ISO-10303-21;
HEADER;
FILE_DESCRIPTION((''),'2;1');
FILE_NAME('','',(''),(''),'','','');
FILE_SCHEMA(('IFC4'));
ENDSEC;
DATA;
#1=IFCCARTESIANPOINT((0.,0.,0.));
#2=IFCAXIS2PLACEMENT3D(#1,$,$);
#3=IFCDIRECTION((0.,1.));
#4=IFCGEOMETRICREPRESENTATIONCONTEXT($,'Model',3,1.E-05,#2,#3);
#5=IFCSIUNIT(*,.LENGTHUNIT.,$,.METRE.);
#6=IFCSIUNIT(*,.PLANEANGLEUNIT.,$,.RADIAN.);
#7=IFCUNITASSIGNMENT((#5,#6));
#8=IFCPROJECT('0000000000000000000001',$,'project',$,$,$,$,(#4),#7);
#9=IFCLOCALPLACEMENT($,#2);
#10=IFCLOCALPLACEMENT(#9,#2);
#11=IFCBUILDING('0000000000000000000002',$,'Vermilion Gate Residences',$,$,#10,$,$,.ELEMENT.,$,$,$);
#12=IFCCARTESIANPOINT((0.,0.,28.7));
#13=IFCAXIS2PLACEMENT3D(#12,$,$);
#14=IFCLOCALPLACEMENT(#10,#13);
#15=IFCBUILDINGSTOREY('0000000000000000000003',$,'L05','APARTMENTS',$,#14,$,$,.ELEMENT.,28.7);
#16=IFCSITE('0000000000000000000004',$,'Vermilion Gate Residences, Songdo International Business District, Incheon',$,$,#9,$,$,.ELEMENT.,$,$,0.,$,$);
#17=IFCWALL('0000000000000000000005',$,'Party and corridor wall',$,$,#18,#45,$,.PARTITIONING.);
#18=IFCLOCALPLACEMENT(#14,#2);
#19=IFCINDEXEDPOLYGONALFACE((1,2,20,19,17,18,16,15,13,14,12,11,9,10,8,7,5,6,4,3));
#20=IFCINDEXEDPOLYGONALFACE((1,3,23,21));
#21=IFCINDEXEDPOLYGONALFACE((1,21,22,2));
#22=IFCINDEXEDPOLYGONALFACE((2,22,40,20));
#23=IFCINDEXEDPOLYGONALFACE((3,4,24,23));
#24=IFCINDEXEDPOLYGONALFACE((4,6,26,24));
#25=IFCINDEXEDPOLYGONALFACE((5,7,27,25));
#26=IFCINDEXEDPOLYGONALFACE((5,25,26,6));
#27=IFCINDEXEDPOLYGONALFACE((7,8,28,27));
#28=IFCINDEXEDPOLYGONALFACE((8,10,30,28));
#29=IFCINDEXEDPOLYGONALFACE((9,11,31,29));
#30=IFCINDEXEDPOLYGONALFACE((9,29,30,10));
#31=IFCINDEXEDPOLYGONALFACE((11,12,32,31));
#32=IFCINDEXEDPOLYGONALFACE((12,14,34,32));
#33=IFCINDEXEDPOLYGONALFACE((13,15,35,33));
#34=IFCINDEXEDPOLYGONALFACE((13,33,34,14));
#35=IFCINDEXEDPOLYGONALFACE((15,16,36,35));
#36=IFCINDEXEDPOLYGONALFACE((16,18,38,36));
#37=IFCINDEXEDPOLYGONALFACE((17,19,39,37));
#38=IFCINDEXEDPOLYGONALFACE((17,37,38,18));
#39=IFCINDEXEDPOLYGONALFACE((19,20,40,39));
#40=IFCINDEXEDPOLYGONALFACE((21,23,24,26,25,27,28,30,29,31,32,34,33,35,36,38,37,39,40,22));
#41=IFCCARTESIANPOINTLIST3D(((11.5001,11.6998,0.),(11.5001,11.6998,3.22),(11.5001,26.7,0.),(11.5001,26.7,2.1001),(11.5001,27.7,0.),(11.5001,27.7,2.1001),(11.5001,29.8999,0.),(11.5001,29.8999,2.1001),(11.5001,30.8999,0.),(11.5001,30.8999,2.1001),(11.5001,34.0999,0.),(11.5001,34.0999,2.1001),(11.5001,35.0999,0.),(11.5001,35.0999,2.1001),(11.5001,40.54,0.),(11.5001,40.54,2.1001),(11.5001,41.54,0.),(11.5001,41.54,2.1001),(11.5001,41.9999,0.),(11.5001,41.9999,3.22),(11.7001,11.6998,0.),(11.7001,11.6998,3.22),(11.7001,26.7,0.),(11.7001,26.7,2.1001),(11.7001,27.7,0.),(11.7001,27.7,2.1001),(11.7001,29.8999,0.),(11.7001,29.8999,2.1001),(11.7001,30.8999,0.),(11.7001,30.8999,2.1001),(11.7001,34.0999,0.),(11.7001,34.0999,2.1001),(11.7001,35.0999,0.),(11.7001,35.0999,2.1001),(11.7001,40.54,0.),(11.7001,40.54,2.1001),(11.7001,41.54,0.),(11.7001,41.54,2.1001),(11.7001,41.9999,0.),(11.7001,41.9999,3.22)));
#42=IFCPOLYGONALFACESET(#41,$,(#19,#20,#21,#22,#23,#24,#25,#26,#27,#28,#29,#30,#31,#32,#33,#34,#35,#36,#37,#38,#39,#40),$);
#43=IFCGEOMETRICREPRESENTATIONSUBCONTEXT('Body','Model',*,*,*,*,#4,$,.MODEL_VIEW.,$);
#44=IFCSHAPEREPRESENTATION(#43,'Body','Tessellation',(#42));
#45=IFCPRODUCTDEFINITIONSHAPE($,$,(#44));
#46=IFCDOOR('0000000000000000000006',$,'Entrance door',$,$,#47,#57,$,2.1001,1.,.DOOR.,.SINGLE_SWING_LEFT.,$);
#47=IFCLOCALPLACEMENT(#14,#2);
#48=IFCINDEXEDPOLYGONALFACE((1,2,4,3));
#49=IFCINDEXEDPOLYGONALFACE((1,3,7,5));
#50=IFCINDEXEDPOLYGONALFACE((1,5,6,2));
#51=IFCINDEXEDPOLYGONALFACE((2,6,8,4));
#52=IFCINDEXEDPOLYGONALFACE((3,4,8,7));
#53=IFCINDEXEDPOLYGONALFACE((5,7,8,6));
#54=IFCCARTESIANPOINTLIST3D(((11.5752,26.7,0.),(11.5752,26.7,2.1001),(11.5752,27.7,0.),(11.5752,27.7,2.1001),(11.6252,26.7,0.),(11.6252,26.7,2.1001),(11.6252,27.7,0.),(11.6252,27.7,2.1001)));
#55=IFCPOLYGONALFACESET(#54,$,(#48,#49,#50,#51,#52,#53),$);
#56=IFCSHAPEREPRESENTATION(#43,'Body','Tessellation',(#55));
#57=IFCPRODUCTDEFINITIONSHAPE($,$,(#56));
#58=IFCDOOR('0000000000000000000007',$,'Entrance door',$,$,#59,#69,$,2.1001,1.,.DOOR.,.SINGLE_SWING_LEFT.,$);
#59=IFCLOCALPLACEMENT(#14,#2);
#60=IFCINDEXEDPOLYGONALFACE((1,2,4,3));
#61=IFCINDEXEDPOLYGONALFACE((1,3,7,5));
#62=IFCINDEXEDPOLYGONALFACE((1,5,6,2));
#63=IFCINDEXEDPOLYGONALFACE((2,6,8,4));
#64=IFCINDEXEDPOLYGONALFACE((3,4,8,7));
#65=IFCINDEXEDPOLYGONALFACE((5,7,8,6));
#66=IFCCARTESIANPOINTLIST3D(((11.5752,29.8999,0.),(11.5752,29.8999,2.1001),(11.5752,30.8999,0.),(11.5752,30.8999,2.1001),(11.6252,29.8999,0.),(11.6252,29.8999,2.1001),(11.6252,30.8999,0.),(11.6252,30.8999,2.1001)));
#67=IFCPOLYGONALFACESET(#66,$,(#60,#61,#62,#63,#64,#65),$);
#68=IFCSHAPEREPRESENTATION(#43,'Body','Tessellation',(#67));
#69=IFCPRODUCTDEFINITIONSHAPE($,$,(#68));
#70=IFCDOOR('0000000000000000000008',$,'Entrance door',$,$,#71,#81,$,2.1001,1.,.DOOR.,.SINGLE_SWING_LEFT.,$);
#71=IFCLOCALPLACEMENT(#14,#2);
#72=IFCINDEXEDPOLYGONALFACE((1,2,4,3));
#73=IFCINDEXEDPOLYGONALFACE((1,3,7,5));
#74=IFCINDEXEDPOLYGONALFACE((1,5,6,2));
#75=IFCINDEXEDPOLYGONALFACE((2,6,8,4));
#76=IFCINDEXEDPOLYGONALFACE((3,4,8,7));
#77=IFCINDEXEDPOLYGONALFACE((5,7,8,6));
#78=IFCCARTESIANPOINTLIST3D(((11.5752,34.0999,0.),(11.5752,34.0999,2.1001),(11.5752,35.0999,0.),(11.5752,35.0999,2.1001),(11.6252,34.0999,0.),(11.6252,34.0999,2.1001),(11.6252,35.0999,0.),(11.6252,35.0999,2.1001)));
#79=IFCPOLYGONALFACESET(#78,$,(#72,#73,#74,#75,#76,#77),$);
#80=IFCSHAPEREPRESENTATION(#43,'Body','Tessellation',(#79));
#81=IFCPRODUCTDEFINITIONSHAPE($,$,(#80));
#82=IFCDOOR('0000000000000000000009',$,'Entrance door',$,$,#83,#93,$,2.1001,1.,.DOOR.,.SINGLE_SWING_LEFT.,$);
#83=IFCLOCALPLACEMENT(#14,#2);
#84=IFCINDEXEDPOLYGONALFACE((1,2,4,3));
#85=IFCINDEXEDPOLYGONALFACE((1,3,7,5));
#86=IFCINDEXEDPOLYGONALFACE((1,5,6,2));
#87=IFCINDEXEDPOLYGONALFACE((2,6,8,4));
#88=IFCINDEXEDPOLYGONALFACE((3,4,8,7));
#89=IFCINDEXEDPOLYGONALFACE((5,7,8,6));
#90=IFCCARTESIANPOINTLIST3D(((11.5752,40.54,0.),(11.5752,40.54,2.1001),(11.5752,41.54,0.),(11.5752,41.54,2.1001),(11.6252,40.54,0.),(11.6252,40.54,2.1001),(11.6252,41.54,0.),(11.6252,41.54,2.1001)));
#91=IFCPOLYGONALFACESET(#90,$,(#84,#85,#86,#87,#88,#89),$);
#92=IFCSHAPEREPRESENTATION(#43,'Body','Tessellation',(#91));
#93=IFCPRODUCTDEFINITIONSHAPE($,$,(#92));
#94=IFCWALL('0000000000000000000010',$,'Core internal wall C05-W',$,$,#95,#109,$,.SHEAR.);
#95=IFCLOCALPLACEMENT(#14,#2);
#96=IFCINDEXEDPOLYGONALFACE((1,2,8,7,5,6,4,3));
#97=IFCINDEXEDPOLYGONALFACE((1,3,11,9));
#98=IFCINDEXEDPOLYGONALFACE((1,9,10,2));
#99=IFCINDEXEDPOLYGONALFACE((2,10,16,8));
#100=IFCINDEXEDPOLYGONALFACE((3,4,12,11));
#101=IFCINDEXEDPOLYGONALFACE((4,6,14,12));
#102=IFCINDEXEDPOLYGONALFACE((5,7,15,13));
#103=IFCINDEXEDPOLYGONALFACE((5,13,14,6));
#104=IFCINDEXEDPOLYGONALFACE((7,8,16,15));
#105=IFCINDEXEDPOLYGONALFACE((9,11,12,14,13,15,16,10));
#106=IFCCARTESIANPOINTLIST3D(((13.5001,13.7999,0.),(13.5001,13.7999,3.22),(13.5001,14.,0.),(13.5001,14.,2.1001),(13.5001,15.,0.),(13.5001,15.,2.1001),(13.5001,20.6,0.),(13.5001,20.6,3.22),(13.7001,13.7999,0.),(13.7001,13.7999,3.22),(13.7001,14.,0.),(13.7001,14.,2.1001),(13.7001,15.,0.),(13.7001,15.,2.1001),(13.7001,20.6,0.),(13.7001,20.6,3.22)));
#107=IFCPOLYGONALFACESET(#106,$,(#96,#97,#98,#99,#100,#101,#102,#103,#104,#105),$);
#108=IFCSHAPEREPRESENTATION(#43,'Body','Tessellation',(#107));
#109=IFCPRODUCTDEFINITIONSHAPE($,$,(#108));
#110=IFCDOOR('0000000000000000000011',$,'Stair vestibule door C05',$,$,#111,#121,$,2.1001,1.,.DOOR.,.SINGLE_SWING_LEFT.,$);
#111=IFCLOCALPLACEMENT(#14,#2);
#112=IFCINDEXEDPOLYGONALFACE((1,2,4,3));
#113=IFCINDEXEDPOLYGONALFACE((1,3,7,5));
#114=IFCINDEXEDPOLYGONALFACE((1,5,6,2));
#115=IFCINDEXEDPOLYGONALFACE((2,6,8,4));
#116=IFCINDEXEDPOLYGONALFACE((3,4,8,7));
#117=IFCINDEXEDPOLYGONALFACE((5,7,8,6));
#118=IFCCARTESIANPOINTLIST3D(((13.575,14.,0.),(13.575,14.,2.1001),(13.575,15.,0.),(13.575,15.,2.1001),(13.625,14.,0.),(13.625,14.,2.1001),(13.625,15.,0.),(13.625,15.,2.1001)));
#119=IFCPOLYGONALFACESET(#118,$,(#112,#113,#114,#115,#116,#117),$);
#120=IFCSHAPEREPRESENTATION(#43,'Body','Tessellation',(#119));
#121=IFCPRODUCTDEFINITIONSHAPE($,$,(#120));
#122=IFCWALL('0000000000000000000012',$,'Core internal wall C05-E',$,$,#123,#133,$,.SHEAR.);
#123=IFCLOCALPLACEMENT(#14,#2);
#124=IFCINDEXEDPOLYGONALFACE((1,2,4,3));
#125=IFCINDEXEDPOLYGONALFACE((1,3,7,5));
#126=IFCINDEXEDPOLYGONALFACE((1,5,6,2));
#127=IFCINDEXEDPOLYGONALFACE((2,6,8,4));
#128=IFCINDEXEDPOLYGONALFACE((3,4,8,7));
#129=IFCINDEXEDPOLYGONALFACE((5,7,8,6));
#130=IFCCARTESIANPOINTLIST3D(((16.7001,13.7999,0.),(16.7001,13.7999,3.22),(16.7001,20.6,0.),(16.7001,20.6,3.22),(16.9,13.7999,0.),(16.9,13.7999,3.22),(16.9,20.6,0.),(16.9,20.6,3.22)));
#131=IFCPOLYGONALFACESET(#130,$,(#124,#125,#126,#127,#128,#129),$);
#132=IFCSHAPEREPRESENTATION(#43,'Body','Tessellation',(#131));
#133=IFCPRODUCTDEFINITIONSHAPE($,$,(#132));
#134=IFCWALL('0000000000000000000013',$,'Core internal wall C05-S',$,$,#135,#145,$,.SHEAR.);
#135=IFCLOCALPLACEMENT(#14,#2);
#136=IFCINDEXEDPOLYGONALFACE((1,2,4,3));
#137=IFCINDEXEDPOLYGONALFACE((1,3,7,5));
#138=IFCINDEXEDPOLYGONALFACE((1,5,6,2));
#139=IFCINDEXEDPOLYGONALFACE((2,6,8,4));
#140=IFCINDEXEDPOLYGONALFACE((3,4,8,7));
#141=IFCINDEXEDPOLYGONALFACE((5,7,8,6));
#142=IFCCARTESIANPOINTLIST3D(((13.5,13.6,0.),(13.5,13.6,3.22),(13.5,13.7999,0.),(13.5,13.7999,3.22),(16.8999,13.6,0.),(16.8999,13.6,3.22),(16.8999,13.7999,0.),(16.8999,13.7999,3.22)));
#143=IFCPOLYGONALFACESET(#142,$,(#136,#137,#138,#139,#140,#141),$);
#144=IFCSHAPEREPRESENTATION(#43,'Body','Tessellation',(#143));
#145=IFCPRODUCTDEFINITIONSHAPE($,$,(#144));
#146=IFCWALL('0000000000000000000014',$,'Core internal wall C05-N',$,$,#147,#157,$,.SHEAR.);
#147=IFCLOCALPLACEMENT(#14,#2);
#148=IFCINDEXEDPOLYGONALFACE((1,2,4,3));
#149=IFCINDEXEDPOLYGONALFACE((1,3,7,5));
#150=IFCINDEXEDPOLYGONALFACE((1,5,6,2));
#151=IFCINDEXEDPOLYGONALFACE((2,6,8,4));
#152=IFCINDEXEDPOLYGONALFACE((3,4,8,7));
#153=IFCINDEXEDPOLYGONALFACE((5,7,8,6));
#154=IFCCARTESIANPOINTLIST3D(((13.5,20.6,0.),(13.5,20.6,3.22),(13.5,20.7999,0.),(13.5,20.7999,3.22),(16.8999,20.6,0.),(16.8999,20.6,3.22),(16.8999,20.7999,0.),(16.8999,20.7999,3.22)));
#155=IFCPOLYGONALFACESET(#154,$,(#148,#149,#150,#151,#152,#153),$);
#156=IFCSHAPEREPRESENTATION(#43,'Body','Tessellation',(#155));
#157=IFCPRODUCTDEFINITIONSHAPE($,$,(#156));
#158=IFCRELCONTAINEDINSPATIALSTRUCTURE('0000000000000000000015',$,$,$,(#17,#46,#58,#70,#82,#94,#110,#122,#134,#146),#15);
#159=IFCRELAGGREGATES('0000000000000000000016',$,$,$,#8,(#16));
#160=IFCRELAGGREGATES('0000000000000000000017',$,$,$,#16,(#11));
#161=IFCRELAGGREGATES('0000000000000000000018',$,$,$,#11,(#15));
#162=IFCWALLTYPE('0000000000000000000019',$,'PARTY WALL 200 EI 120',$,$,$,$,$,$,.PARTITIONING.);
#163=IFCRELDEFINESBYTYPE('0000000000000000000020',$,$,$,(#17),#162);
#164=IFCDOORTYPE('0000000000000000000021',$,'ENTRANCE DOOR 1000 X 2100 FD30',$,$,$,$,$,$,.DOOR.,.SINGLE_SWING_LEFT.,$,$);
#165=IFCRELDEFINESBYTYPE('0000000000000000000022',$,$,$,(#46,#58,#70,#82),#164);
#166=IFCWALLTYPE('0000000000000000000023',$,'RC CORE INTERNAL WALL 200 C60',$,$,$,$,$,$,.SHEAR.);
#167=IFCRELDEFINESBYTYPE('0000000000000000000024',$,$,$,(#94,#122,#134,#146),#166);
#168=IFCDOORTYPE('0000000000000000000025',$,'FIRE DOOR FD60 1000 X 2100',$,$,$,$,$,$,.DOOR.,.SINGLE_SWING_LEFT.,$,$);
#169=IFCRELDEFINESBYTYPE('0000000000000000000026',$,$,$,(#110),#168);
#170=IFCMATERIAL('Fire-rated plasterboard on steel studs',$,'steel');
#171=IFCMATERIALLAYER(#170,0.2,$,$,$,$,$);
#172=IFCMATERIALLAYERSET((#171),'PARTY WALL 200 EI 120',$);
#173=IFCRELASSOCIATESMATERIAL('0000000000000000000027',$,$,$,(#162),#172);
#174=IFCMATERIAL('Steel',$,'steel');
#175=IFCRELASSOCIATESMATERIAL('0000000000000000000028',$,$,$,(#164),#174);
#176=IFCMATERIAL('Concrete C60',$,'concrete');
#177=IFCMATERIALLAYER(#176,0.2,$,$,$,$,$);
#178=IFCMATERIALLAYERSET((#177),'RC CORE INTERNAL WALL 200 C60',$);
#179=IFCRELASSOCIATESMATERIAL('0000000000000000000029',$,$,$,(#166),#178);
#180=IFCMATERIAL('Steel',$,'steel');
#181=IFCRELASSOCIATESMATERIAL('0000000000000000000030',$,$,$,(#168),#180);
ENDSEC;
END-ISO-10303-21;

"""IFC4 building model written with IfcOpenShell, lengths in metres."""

from ifc_helpers import new_model, si_unit, direction, frame, frame_2d, origin, place, context, subcontext, project, spatial, rectangle, extrude, material, layer, layer_set, type_object, element, fill, save


model = new_model("IFC4")

# Units and contexts
model_context = context("Model", 3, precision=1e-05, world=origin(), true_north=direction((0.0, 1.0)))
body_context = subcontext(model_context, "Body", "Model", "MODEL_VIEW")
ifc_project = project(units=[si_unit("LENGTHUNIT", "METRE"), si_unit("PLANEANGLEUNIT", "RADIAN")], contexts=[model_context])

# Site, building, storey
site_placement = place(None, origin())
site = spatial("IfcSite", under=ifc_project, at=site_placement, Name="Vermilion Gate Residences, Songdo International Business District, Incheon", CompositionType="ELEMENT", RefElevation=0.0)
building_placement = place(site_placement, origin())
building = spatial("IfcBuilding", under=site, at=building_placement, Name="Vermilion Gate Residences", CompositionType="ELEMENT")
storey_placement = place(building_placement, frame((0.0, 0.0, 28.7)))
storey = spatial("IfcBuildingStorey", under=building, at=storey_placement, Name="L05", Description="APARTMENTS", CompositionType="ELEMENT", Elevation=28.7)

# Wall, openings, doors
ifc_material_1 = material(Name="Fire-rated plasterboard on steel studs", Category="steel")
ifc_layer_1 = layer(ifc_material_1, 0.2)
ifc_layer_set_1 = layer_set([ifc_layer_1], Name="PARTY WALL 200 EI 120")
wall_type_1 = type_object("IfcWallType", Name="PARTY WALL 200 EI 120", PredefinedType="PARTITIONING", material=ifc_layer_set_1)
ifc_material_2 = material(Name="Steel", Category="steel")
door_type_1 = type_object("IfcDoorType", Name="ENTRANCE DOOR 1000 X 2100 FD30", OperationType="SINGLE_SWING_LEFT", PredefinedType="DOOR", material=ifc_material_2)
wall_1_placement = place(storey_placement, frame((11.6001, 11.7, 0.0), z_axis=(0.0, 0.0, 1.0), x_axis=(0.0, 1.0, 0.0)))
wall_1 = element("IfcWall", 1, at=wall_1_placement, inside=storey, type_object=wall_type_1, Name="Party and corridor wall", PredefinedType="PARTITIONING", context=body_context, shape_type="SweptSolid", body=[
    extrude(rectangle(XDim=30.3, YDim=0.2, at=frame_2d((15.1499, 0.0))), origin(), (0.0, 0.0, 1.0), 3.22),
])
opening_1_placement = place(wall_1_placement, frame((15.0, 0.0, 0.0)))
opening_1 = element("IfcOpeningElement", 2, at=opening_1_placement, cuts=wall_1, PredefinedType="OPENING", context=body_context, shape_type="SweptSolid", body=[
    extrude(rectangle(XDim=1.0, YDim=2.1001, at=frame_2d((0.5, 1.05))), frame((0.0, 0.1099, 0.0), z_axis=(0.0, -1.0, 0.0), x_axis=(1.0, 0.0, 0.0)), (0.0, 0.0, 1.0), 0.22),
])
opening_2_placement = place(wall_1_placement, frame((18.2, 0.0, 0.0)))
opening_2 = element("IfcOpeningElement", 3, at=opening_2_placement, cuts=wall_1, PredefinedType="OPENING", context=body_context, shape_type="SweptSolid", body=[
    extrude(rectangle(XDim=1.0, YDim=2.1001, at=frame_2d((0.5, 1.05))), frame((0.0, 0.1099, 0.0), z_axis=(0.0, -1.0, 0.0), x_axis=(1.0, 0.0, 0.0)), (0.0, 0.0, 1.0), 0.22),
])
opening_3_placement = place(wall_1_placement, frame((22.3999, 0.0, 0.0)))
opening_3 = element("IfcOpeningElement", 4, at=opening_3_placement, cuts=wall_1, PredefinedType="OPENING", context=body_context, shape_type="SweptSolid", body=[
    extrude(rectangle(XDim=1.0, YDim=2.1001, at=frame_2d((0.5, 1.05))), frame((0.0, 0.1099, 0.0), z_axis=(0.0, -1.0, 0.0), x_axis=(1.0, 0.0, 0.0)), (0.0, 0.0, 1.0), 0.22),
])
opening_4_placement = place(wall_1_placement, frame((28.8401, 0.0, 0.0)))
opening_4 = element("IfcOpeningElement", 5, at=opening_4_placement, cuts=wall_1, PredefinedType="OPENING", context=body_context, shape_type="SweptSolid", body=[
    extrude(rectangle(XDim=1.0, YDim=2.1001, at=frame_2d((0.5, 1.05))), frame((0.0, 0.1099, 0.0), z_axis=(0.0, -1.0, 0.0), x_axis=(1.0, 0.0, 0.0)), (0.0, 0.0, 1.0), 0.22),
])
door_1_placement = place(opening_1_placement, origin())
door_1 = element("IfcDoor", 6, at=door_1_placement, inside=storey, type_object=door_type_1, Name="Entrance door", OperationType="SINGLE_SWING_LEFT", OverallHeight=2.1001, OverallWidth=1.0, PredefinedType="DOOR", context=body_context, shape_type="SweptSolid", body=[
    extrude(rectangle(XDim=1.0, YDim=2.1001, at=frame_2d((0.5, 1.05))), frame((0.0, 0.0249, 0.0), z_axis=(0.0, -1.0, 0.0), x_axis=(1.0, 0.0, 0.0)), (0.0, 0.0, 1.0), 0.05),
])
fill(opening_1, door_1)
door_2_placement = place(opening_2_placement, origin())
door_2 = element("IfcDoor", 7, at=door_2_placement, inside=storey, type_object=door_type_1, Name="Entrance door", OperationType="SINGLE_SWING_LEFT", OverallHeight=2.1001, OverallWidth=1.0, PredefinedType="DOOR", context=body_context, shape_type="SweptSolid", body=[
    extrude(rectangle(XDim=1.0, YDim=2.1001, at=frame_2d((0.5, 1.05))), frame((0.0, 0.0249, 0.0), z_axis=(0.0, -1.0, 0.0), x_axis=(1.0, 0.0, 0.0)), (0.0, 0.0, 1.0), 0.05),
])
fill(opening_2, door_2)
door_3_placement = place(opening_3_placement, origin())
door_3 = element("IfcDoor", 8, at=door_3_placement, inside=storey, type_object=door_type_1, Name="Entrance door", OperationType="SINGLE_SWING_LEFT", OverallHeight=2.1001, OverallWidth=1.0, PredefinedType="DOOR", context=body_context, shape_type="SweptSolid", body=[
    extrude(rectangle(XDim=1.0, YDim=2.1001, at=frame_2d((0.5, 1.05))), frame((0.0, 0.0249, 0.0), z_axis=(0.0, -1.0, 0.0), x_axis=(1.0, 0.0, 0.0)), (0.0, 0.0, 1.0), 0.05),
])
fill(opening_3, door_3)
door_4_placement = place(opening_4_placement, origin())
door_4 = element("IfcDoor", 9, at=door_4_placement, inside=storey, type_object=door_type_1, Name="Entrance door", OperationType="SINGLE_SWING_LEFT", OverallHeight=2.1001, OverallWidth=1.0, PredefinedType="DOOR", context=body_context, shape_type="SweptSolid", body=[
    extrude(rectangle(XDim=1.0, YDim=2.1001, at=frame_2d((0.5, 1.05))), frame((0.0, 0.0249, 0.0), z_axis=(0.0, -1.0, 0.0), x_axis=(1.0, 0.0, 0.0)), (0.0, 0.0, 1.0), 0.05),
])
fill(opening_4, door_4)

# Wall, opening, door
ifc_material_3 = material(Name="Concrete C60", Category="concrete")
ifc_layer_2 = layer(ifc_material_3, 0.2)
ifc_layer_set_2 = layer_set([ifc_layer_2], Name="RC CORE INTERNAL WALL 200 C60")
wall_type_2 = type_object("IfcWallType", Name="RC CORE INTERNAL WALL 200 C60", PredefinedType="SHEAR", material=ifc_layer_set_2)
wall_2_placement = place(storey_placement, frame((13.6001, 13.8, 0.0), z_axis=(0.0, 0.0, 1.0), x_axis=(0.0, 1.0, 0.0)))
wall_2 = element("IfcWall", 10, at=wall_2_placement, inside=storey, type_object=wall_type_2, Name="Core internal wall C05-W", PredefinedType="SHEAR", context=body_context, shape_type="SweptSolid", body=[
    extrude(rectangle(XDim=6.8, YDim=0.2, at=frame_2d((3.3999, 0.0))), origin(), (0.0, 0.0, 1.0), 3.22),
])
opening_5_placement = place(wall_2_placement, frame((0.2, 0.0, 0.0)))
opening_5 = element("IfcOpeningElement", 11, at=opening_5_placement, cuts=wall_2, PredefinedType="OPENING", context=body_context, shape_type="SweptSolid", body=[
    extrude(rectangle(XDim=1.0, YDim=2.1001, at=frame_2d((0.5, 1.05))), frame((0.0, 0.1099, 0.0), z_axis=(0.0, -1.0, 0.0), x_axis=(1.0, 0.0, 0.0)), (0.0, 0.0, 1.0), 0.22),
])
ifc_material_4 = material(Name="Steel", Category="steel")
door_type_2 = type_object("IfcDoorType", Name="FIRE DOOR FD60 1000 X 2100", OperationType="SINGLE_SWING_LEFT", PredefinedType="DOOR", material=ifc_material_4)
door_5_placement = place(opening_5_placement, frame((1.0, 0.0, 0.0), z_axis=(0.0, 0.0, 1.0), x_axis=(-1.0, 0.0, 0.0)))
door_5 = element("IfcDoor", 12, at=door_5_placement, inside=storey, type_object=door_type_2, Name="Stair vestibule door C05", OperationType="SINGLE_SWING_LEFT", OverallHeight=2.1001, OverallWidth=1.0, PredefinedType="DOOR", context=body_context, shape_type="SweptSolid", body=[
    extrude(rectangle(XDim=1.0, YDim=2.1001, at=frame_2d((0.5, 1.05))), frame((0.0, 0.0249, 0.0), z_axis=(0.0, -1.0, 0.0), x_axis=(1.0, 0.0, 0.0)), (0.0, 0.0, 1.0), 0.05),
])
fill(opening_5, door_5)

# Walls
wall_3_placement = place(storey_placement, frame((16.8, 13.8, 0.0), z_axis=(0.0, 0.0, 1.0), x_axis=(0.0, 1.0, 0.0)))
element("IfcWall", 13, at=wall_3_placement, inside=storey, type_object=wall_type_2, Name="Core internal wall C05-E", PredefinedType="SHEAR", context=body_context, shape_type="SweptSolid", body=[
    extrude(rectangle(XDim=6.8, YDim=0.2, at=frame_2d((3.3999, 0.0))), origin(), (0.0, 0.0, 1.0), 3.22),
])
for number, where, z_axis, x_axis, name in (
    (14, (13.5, 13.7, 0.0), (0.0, 0.0, 1.0), (1.0, 0.0, 0.0), "Core internal wall C05-S"),
    (15, (13.5, 20.7, 0.0), (0.0, 0.0, 1.0), (1.0, 0.0, 0.0), "Core internal wall C05-N"),
):
    element("IfcWall", number, at=place(storey_placement, frame(where, z_axis=z_axis, x_axis=x_axis)), inside=storey, type_object=wall_type_2, Name=name, PredefinedType="SHEAR", context=body_context, shape_type="SweptSolid", body=[
        extrude(rectangle(XDim=3.3999, YDim=0.2, at=frame_2d((1.7, 0.0))), origin(), (0.0, 0.0, 1.0), 3.22),
    ])

save(model, "model.ifc")
